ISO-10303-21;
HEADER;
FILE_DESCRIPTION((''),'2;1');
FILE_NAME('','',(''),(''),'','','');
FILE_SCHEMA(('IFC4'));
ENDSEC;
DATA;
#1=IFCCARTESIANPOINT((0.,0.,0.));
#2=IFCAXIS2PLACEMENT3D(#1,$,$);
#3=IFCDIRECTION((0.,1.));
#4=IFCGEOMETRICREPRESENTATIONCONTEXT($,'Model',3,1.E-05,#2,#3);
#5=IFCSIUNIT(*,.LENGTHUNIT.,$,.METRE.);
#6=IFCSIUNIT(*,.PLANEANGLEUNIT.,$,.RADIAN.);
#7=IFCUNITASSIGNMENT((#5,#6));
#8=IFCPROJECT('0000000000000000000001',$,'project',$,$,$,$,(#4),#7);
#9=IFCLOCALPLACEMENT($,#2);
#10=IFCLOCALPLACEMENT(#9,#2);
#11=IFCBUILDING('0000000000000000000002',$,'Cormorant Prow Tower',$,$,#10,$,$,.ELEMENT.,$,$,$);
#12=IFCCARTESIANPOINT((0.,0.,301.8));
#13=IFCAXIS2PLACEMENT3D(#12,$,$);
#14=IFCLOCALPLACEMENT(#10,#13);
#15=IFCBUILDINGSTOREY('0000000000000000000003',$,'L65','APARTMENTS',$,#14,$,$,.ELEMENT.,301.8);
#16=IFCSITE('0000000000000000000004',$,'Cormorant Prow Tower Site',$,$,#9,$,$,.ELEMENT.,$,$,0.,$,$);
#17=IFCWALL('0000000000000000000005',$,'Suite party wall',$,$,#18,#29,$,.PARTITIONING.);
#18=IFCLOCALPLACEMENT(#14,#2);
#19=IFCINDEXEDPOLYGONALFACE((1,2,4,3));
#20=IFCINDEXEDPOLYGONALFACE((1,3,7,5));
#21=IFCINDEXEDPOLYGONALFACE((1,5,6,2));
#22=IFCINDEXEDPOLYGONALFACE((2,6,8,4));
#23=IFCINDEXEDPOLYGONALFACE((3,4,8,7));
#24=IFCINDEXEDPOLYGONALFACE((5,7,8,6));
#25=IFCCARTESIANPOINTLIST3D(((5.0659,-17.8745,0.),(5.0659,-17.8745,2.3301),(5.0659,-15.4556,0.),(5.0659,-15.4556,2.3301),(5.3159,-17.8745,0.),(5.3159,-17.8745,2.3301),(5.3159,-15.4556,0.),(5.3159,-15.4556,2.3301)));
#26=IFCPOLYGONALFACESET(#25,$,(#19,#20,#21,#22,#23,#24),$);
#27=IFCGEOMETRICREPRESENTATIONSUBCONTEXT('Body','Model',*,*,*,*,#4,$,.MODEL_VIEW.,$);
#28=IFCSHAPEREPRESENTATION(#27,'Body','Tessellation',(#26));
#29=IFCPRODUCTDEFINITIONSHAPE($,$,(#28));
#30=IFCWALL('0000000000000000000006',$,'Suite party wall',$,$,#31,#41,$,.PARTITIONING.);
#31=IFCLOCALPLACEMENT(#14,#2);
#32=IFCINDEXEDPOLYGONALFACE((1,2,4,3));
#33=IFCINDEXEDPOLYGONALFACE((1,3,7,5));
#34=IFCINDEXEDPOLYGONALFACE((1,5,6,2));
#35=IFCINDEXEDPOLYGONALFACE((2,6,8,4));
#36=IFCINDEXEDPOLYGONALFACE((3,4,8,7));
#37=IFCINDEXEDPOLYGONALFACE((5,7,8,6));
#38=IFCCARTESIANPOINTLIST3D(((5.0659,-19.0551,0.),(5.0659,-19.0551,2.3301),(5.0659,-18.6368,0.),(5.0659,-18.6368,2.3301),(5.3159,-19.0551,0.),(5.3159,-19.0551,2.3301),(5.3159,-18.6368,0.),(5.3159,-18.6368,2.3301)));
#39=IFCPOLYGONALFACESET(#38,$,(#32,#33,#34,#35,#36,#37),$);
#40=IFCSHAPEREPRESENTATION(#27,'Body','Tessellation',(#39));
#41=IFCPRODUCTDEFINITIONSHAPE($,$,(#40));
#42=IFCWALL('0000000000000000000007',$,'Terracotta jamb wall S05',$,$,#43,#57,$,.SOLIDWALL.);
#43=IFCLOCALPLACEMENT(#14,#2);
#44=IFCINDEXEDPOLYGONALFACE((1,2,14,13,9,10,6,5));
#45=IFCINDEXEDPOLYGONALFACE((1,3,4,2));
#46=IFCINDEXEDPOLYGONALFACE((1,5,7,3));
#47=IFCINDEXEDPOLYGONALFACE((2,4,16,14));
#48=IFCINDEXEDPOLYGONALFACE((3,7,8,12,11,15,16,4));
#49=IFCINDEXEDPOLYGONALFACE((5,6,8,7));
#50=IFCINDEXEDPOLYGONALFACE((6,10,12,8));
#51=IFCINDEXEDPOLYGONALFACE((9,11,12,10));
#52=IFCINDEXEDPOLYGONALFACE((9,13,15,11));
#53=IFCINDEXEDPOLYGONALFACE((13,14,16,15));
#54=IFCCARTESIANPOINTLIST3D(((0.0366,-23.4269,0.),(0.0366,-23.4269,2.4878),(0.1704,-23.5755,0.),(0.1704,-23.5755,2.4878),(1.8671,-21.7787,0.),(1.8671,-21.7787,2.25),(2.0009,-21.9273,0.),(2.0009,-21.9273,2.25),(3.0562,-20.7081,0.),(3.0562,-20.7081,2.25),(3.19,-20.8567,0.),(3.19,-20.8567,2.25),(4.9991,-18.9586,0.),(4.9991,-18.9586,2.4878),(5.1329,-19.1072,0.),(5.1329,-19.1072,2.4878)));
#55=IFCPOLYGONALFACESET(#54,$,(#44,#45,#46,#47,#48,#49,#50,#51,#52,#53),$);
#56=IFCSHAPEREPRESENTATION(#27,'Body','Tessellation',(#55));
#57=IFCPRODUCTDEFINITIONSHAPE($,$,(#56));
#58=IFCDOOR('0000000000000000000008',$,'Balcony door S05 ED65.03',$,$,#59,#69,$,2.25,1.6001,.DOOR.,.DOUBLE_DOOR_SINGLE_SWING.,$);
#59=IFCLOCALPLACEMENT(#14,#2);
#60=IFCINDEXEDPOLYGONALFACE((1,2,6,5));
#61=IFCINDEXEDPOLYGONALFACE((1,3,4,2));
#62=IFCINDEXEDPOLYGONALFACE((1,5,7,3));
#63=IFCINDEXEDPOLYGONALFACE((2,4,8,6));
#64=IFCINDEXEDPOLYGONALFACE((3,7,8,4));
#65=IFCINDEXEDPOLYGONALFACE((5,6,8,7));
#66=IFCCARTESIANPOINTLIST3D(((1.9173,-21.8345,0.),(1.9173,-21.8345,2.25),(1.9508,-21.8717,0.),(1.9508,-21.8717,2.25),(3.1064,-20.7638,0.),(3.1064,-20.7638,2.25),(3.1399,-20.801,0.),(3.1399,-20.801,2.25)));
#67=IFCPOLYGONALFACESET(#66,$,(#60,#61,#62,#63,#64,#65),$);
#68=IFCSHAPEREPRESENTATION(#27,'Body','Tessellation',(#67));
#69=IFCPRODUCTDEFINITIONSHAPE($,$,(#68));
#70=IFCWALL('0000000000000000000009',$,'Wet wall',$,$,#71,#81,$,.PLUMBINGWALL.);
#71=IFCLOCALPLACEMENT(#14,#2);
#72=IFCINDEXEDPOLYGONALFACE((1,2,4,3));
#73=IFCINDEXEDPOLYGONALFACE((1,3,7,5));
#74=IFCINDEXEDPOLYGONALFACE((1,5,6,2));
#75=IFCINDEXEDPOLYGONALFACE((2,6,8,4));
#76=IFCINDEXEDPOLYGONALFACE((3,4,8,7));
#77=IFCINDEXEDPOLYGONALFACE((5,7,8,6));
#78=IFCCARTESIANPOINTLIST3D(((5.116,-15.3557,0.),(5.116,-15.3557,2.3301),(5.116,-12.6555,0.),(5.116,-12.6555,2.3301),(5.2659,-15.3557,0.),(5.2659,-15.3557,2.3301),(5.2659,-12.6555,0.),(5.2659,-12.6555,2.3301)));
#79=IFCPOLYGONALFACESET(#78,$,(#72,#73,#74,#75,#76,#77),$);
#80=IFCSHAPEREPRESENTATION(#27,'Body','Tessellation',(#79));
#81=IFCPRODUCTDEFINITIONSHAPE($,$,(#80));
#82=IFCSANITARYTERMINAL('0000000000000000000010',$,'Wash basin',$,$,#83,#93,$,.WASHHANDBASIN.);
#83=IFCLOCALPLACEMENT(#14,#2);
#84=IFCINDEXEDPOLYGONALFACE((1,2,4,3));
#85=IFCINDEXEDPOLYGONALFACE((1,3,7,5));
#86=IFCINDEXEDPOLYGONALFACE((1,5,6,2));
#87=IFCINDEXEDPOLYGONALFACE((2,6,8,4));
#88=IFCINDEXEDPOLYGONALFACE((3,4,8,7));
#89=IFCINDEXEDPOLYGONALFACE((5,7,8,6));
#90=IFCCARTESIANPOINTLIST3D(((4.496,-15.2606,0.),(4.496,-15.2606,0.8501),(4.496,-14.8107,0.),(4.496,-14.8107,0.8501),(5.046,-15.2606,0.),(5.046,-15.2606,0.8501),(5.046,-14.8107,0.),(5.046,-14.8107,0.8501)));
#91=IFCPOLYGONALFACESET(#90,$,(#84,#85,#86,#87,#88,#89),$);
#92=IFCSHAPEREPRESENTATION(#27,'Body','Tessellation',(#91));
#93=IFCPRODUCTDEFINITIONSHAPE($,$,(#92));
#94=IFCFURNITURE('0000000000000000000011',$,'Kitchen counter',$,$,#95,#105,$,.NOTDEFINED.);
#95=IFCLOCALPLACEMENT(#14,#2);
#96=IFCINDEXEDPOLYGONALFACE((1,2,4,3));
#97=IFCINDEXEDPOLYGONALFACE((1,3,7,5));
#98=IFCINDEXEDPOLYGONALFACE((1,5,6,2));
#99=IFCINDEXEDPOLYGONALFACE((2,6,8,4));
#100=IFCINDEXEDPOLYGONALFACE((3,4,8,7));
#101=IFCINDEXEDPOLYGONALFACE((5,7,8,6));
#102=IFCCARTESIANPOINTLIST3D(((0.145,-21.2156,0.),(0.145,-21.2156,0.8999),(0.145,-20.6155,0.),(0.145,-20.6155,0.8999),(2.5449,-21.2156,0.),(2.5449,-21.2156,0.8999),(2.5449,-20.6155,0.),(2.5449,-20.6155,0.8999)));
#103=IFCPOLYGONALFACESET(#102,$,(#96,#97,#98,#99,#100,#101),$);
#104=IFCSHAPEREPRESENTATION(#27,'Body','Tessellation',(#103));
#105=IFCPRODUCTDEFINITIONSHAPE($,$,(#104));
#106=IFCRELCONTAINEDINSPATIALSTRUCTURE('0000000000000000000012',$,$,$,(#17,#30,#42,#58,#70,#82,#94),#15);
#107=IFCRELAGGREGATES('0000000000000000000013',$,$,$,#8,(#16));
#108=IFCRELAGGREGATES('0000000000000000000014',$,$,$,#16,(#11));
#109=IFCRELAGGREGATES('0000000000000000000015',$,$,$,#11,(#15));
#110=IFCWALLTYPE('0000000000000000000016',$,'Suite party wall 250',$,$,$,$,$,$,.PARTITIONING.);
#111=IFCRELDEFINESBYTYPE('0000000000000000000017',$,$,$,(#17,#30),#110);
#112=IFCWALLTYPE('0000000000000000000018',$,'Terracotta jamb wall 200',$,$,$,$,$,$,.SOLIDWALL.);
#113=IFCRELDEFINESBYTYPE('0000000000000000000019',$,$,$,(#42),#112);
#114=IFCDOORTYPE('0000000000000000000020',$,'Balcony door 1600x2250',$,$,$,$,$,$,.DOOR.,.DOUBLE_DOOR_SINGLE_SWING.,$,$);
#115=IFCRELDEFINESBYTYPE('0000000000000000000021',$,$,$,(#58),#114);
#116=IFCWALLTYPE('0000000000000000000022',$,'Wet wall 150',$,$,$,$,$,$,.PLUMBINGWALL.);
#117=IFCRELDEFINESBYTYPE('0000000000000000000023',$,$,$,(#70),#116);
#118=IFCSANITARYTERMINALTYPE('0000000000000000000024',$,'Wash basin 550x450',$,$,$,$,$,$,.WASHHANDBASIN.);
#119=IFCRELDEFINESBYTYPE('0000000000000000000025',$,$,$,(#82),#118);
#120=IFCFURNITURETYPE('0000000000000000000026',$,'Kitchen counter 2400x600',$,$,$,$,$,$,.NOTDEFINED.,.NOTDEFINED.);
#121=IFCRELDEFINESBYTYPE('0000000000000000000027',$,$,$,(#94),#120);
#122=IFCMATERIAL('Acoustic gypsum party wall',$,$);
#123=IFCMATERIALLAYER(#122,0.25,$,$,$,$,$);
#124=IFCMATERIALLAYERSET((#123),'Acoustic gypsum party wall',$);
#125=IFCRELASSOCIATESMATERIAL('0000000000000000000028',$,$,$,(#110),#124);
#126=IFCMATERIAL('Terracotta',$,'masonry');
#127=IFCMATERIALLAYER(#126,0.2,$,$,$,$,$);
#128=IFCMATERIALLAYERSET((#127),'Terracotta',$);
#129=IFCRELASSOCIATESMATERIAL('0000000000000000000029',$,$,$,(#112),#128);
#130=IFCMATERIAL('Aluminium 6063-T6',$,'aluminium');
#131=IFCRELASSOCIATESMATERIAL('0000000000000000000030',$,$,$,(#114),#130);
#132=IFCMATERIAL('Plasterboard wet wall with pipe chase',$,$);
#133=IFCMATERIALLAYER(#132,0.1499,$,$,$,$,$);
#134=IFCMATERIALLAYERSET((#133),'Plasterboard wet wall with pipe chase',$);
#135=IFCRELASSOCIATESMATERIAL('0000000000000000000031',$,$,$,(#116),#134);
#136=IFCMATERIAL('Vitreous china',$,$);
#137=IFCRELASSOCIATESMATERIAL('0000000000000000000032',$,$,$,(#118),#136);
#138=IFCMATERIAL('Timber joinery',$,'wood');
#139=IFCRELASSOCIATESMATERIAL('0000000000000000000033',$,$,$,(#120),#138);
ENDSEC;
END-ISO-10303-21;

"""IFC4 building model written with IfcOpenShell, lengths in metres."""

from ifc_helpers import new_model, si_unit, direction, frame, frame_2d, origin, origin_2d, place, context, subcontext, project, spatial, rectangle, extrude, material, layer, layer_set, type_object, element, fill, save


model = new_model("IFC4")

# Units and contexts
model_context = context("Model", 3, precision=1e-05, world=origin(), true_north=direction((0.0, 1.0)))
body_context = subcontext(model_context, "Body", "Model", "MODEL_VIEW")
ifc_project = project(units=[si_unit("LENGTHUNIT", "METRE"), si_unit("PLANEANGLEUNIT", "RADIAN")], contexts=[model_context])

# Site, building, storey
site_placement = place(None, origin())
site = spatial("IfcSite", under=ifc_project, at=site_placement, Name="Cormorant Prow Tower Site", CompositionType="ELEMENT", RefElevation=0.0)
building_placement = place(site_placement, origin())
building = spatial("IfcBuilding", under=site, at=building_placement, Name="Cormorant Prow Tower", CompositionType="ELEMENT")
storey_placement = place(building_placement, frame((0.0, 0.0, 301.8)))
storey = spatial("IfcBuildingStorey", under=building, at=storey_placement, Name="L65", Description="APARTMENTS", CompositionType="ELEMENT", Elevation=301.8)

# Walls
ifc_material_1 = material(Name="Acoustic gypsum party wall")
ifc_layer_1 = layer(ifc_material_1, 0.25)
ifc_layer_set_1 = layer_set([ifc_layer_1], Name="Acoustic gypsum party wall")
wall_type_1 = type_object("IfcWallType", Name="Suite party wall 250", PredefinedType="PARTITIONING", material=ifc_layer_set_1)
wall_1_placement = place(storey_placement, frame((5.1909, -17.8745, 0.0), z_axis=(0.0, 0.0, 1.0), x_axis=(0.0, 1.0, 0.0)))
element("IfcWall", 1, at=wall_1_placement, inside=storey, type_object=wall_type_1, Name="Suite party wall", PredefinedType="PARTITIONING", context=body_context, shape_type="SweptSolid", body=[
    extrude(rectangle(XDim=2.4189, YDim=0.25, at=frame_2d((1.2095, 0.0))), origin(), (0.0, 0.0, 1.0), 2.3301),
])
wall_2_placement = place(storey_placement, frame((5.1909, -19.0549, 0.0), z_axis=(0.0, 0.0, 1.0), x_axis=(0.0, 1.0, 0.0)))
element("IfcWall", 2, at=wall_2_placement, inside=storey, type_object=wall_type_1, Name="Suite party wall", PredefinedType="PARTITIONING", context=body_context, shape_type="SweptSolid", body=[
    extrude(rectangle(XDim=0.4182, YDim=0.25, at=frame_2d((0.209, 0.0))), origin(), (0.0, 0.0, 1.0), 2.3301),
])

# Wall, opening, door
ifc_material_2 = material(Name="Terracotta", Category="masonry")
ifc_layer_2 = layer(ifc_material_2, 0.2)
ifc_layer_set_2 = layer_set([ifc_layer_2], Name="Terracotta")
wall_type_2 = type_object("IfcWallType", Name="Terracotta jamb wall 200", PredefinedType="SOLIDWALL", material=ifc_layer_set_2)
wall_3_placement = place(storey_placement, frame((0.1035, -23.5012, 0.0), z_axis=(0.0, 0.0, 1.0), x_axis=(0.743138, 0.669138, 0.0)))
wall_3 = element("IfcWall", 3, at=wall_3_placement, inside=storey, type_object=wall_type_2, Name="Terracotta jamb wall S05", PredefinedType="SOLIDWALL", context=body_context, shape_type="SweptSolid", body=[
    extrude(rectangle(XDim=6.6777, YDim=0.2, at=frame_2d((3.3389, 0.0))), origin(), (0.0, 0.0, 1.0), 2.4878),
])
opening_1_placement = place(wall_3_placement, frame((2.4631, 0.0, 0.0)))
opening_1 = element("IfcOpeningElement", 4, at=opening_1_placement, cuts=wall_3, PredefinedType="OPENING", context=body_context, shape_type="SweptSolid", body=[
    extrude(rectangle(XDim=1.6001, YDim=2.25, at=frame_2d((0.8, 1.125))), frame((0.0, 0.1099, 0.0), z_axis=(0.0, -1.0, 0.0), x_axis=(1.0, 0.0, 0.0)), (0.0, 0.0, 1.0), 0.22),
])
ifc_material_3 = material(Name="Aluminium 6063-T6", Category="aluminium")
door_type_1 = type_object("IfcDoorType", Name="Balcony door 1600x2250", OperationType="DOUBLE_DOOR_SINGLE_SWING", PredefinedType="DOOR", material=ifc_material_3)
door_1_placement = place(opening_1_placement, origin())
door_1 = element("IfcDoor", 5, at=door_1_placement, inside=storey, type_object=door_type_1, Name="Balcony door S05 ED65.03", OperationType="DOUBLE_DOOR_SINGLE_SWING", OverallHeight=2.25, OverallWidth=1.6001, PredefinedType="DOOR", context=body_context, shape_type="SweptSolid", body=[
    extrude(rectangle(XDim=1.6001, YDim=2.25, at=frame_2d((0.8, 1.125))), frame((0.0, 0.0249, 0.0), z_axis=(0.0, -1.0, 0.0), x_axis=(1.0, 0.0, 0.0)), (0.0, 0.0, 1.0), 0.05),
])
fill(opening_1, door_1)

# Wall
ifc_material_4 = material(Name="Plasterboard wet wall with pipe chase")
ifc_layer_3 = layer(ifc_material_4, 0.1499)
ifc_layer_set_3 = layer_set([ifc_layer_3], Name="Plasterboard wet wall with pipe chase")
wall_type_3 = type_object("IfcWallType", Name="Wet wall 150", PredefinedType="PLUMBINGWALL", material=ifc_layer_set_3)
wall_4_placement = place(storey_placement, frame((5.1909, -15.3557, 0.0), z_axis=(0.0, 0.0, 1.0), x_axis=(0.0, 1.0, 0.0)))
element("IfcWall", 6, at=wall_4_placement, inside=storey, type_object=wall_type_3, Name="Wet wall", PredefinedType="PLUMBINGWALL", context=body_context, shape_type="SweptSolid", body=[
    extrude(rectangle(XDim=2.7002, YDim=0.1499, at=frame_2d((1.3501, 0.0))), origin(), (0.0, 0.0, 1.0), 2.3301),
])

# Sanitary terminal
ifc_material_5 = material(Name="Vitreous china")
sanitary_terminal_type = type_object("IfcSanitaryTerminalType", Name="Wash basin 550x450", PredefinedType="WASHHANDBASIN", material=ifc_material_5)
sanitary_terminal_placement = place(storey_placement, frame((4.771, -15.0356, 0.0), z_axis=(0.0, 0.0, 1.0), x_axis=(-1.0, 0.0, 0.0)))
element("IfcSanitaryTerminal", 7, at=sanitary_terminal_placement, inside=storey, type_object=sanitary_terminal_type, Name="Wash basin", PredefinedType="WASHHANDBASIN", context=body_context, shape_type="SweptSolid", body=[
    extrude(rectangle(XDim=0.55, YDim=0.45, at=origin_2d()), origin(), (0.0, 0.0, 1.0), 0.8501),
])

# Furniture
ifc_material_6 = material(Name="Timber joinery", Category="wood")
furniture_type = type_object("IfcFurnitureType", Name="Kitchen counter 2400x600", AssemblyPlace="NOTDEFINED", PredefinedType="NOTDEFINED", material=ifc_material_6)
furniture_placement = place(storey_placement, frame((1.345, -20.9155, 0.0), z_axis=(0.0, 0.0, 1.0), x_axis=(1.0, 0.0, 0.0)))
element("IfcFurniture", 8, at=furniture_placement, inside=storey, type_object=furniture_type, Name="Kitchen counter", PredefinedType="NOTDEFINED", context=body_context, shape_type="SweptSolid", body=[
    extrude(rectangle(XDim=2.3999, YDim=0.6001, at=origin_2d()), origin(), (0.0, 0.0, 1.0), 0.8999),
])

save(model, "model.ifc")
